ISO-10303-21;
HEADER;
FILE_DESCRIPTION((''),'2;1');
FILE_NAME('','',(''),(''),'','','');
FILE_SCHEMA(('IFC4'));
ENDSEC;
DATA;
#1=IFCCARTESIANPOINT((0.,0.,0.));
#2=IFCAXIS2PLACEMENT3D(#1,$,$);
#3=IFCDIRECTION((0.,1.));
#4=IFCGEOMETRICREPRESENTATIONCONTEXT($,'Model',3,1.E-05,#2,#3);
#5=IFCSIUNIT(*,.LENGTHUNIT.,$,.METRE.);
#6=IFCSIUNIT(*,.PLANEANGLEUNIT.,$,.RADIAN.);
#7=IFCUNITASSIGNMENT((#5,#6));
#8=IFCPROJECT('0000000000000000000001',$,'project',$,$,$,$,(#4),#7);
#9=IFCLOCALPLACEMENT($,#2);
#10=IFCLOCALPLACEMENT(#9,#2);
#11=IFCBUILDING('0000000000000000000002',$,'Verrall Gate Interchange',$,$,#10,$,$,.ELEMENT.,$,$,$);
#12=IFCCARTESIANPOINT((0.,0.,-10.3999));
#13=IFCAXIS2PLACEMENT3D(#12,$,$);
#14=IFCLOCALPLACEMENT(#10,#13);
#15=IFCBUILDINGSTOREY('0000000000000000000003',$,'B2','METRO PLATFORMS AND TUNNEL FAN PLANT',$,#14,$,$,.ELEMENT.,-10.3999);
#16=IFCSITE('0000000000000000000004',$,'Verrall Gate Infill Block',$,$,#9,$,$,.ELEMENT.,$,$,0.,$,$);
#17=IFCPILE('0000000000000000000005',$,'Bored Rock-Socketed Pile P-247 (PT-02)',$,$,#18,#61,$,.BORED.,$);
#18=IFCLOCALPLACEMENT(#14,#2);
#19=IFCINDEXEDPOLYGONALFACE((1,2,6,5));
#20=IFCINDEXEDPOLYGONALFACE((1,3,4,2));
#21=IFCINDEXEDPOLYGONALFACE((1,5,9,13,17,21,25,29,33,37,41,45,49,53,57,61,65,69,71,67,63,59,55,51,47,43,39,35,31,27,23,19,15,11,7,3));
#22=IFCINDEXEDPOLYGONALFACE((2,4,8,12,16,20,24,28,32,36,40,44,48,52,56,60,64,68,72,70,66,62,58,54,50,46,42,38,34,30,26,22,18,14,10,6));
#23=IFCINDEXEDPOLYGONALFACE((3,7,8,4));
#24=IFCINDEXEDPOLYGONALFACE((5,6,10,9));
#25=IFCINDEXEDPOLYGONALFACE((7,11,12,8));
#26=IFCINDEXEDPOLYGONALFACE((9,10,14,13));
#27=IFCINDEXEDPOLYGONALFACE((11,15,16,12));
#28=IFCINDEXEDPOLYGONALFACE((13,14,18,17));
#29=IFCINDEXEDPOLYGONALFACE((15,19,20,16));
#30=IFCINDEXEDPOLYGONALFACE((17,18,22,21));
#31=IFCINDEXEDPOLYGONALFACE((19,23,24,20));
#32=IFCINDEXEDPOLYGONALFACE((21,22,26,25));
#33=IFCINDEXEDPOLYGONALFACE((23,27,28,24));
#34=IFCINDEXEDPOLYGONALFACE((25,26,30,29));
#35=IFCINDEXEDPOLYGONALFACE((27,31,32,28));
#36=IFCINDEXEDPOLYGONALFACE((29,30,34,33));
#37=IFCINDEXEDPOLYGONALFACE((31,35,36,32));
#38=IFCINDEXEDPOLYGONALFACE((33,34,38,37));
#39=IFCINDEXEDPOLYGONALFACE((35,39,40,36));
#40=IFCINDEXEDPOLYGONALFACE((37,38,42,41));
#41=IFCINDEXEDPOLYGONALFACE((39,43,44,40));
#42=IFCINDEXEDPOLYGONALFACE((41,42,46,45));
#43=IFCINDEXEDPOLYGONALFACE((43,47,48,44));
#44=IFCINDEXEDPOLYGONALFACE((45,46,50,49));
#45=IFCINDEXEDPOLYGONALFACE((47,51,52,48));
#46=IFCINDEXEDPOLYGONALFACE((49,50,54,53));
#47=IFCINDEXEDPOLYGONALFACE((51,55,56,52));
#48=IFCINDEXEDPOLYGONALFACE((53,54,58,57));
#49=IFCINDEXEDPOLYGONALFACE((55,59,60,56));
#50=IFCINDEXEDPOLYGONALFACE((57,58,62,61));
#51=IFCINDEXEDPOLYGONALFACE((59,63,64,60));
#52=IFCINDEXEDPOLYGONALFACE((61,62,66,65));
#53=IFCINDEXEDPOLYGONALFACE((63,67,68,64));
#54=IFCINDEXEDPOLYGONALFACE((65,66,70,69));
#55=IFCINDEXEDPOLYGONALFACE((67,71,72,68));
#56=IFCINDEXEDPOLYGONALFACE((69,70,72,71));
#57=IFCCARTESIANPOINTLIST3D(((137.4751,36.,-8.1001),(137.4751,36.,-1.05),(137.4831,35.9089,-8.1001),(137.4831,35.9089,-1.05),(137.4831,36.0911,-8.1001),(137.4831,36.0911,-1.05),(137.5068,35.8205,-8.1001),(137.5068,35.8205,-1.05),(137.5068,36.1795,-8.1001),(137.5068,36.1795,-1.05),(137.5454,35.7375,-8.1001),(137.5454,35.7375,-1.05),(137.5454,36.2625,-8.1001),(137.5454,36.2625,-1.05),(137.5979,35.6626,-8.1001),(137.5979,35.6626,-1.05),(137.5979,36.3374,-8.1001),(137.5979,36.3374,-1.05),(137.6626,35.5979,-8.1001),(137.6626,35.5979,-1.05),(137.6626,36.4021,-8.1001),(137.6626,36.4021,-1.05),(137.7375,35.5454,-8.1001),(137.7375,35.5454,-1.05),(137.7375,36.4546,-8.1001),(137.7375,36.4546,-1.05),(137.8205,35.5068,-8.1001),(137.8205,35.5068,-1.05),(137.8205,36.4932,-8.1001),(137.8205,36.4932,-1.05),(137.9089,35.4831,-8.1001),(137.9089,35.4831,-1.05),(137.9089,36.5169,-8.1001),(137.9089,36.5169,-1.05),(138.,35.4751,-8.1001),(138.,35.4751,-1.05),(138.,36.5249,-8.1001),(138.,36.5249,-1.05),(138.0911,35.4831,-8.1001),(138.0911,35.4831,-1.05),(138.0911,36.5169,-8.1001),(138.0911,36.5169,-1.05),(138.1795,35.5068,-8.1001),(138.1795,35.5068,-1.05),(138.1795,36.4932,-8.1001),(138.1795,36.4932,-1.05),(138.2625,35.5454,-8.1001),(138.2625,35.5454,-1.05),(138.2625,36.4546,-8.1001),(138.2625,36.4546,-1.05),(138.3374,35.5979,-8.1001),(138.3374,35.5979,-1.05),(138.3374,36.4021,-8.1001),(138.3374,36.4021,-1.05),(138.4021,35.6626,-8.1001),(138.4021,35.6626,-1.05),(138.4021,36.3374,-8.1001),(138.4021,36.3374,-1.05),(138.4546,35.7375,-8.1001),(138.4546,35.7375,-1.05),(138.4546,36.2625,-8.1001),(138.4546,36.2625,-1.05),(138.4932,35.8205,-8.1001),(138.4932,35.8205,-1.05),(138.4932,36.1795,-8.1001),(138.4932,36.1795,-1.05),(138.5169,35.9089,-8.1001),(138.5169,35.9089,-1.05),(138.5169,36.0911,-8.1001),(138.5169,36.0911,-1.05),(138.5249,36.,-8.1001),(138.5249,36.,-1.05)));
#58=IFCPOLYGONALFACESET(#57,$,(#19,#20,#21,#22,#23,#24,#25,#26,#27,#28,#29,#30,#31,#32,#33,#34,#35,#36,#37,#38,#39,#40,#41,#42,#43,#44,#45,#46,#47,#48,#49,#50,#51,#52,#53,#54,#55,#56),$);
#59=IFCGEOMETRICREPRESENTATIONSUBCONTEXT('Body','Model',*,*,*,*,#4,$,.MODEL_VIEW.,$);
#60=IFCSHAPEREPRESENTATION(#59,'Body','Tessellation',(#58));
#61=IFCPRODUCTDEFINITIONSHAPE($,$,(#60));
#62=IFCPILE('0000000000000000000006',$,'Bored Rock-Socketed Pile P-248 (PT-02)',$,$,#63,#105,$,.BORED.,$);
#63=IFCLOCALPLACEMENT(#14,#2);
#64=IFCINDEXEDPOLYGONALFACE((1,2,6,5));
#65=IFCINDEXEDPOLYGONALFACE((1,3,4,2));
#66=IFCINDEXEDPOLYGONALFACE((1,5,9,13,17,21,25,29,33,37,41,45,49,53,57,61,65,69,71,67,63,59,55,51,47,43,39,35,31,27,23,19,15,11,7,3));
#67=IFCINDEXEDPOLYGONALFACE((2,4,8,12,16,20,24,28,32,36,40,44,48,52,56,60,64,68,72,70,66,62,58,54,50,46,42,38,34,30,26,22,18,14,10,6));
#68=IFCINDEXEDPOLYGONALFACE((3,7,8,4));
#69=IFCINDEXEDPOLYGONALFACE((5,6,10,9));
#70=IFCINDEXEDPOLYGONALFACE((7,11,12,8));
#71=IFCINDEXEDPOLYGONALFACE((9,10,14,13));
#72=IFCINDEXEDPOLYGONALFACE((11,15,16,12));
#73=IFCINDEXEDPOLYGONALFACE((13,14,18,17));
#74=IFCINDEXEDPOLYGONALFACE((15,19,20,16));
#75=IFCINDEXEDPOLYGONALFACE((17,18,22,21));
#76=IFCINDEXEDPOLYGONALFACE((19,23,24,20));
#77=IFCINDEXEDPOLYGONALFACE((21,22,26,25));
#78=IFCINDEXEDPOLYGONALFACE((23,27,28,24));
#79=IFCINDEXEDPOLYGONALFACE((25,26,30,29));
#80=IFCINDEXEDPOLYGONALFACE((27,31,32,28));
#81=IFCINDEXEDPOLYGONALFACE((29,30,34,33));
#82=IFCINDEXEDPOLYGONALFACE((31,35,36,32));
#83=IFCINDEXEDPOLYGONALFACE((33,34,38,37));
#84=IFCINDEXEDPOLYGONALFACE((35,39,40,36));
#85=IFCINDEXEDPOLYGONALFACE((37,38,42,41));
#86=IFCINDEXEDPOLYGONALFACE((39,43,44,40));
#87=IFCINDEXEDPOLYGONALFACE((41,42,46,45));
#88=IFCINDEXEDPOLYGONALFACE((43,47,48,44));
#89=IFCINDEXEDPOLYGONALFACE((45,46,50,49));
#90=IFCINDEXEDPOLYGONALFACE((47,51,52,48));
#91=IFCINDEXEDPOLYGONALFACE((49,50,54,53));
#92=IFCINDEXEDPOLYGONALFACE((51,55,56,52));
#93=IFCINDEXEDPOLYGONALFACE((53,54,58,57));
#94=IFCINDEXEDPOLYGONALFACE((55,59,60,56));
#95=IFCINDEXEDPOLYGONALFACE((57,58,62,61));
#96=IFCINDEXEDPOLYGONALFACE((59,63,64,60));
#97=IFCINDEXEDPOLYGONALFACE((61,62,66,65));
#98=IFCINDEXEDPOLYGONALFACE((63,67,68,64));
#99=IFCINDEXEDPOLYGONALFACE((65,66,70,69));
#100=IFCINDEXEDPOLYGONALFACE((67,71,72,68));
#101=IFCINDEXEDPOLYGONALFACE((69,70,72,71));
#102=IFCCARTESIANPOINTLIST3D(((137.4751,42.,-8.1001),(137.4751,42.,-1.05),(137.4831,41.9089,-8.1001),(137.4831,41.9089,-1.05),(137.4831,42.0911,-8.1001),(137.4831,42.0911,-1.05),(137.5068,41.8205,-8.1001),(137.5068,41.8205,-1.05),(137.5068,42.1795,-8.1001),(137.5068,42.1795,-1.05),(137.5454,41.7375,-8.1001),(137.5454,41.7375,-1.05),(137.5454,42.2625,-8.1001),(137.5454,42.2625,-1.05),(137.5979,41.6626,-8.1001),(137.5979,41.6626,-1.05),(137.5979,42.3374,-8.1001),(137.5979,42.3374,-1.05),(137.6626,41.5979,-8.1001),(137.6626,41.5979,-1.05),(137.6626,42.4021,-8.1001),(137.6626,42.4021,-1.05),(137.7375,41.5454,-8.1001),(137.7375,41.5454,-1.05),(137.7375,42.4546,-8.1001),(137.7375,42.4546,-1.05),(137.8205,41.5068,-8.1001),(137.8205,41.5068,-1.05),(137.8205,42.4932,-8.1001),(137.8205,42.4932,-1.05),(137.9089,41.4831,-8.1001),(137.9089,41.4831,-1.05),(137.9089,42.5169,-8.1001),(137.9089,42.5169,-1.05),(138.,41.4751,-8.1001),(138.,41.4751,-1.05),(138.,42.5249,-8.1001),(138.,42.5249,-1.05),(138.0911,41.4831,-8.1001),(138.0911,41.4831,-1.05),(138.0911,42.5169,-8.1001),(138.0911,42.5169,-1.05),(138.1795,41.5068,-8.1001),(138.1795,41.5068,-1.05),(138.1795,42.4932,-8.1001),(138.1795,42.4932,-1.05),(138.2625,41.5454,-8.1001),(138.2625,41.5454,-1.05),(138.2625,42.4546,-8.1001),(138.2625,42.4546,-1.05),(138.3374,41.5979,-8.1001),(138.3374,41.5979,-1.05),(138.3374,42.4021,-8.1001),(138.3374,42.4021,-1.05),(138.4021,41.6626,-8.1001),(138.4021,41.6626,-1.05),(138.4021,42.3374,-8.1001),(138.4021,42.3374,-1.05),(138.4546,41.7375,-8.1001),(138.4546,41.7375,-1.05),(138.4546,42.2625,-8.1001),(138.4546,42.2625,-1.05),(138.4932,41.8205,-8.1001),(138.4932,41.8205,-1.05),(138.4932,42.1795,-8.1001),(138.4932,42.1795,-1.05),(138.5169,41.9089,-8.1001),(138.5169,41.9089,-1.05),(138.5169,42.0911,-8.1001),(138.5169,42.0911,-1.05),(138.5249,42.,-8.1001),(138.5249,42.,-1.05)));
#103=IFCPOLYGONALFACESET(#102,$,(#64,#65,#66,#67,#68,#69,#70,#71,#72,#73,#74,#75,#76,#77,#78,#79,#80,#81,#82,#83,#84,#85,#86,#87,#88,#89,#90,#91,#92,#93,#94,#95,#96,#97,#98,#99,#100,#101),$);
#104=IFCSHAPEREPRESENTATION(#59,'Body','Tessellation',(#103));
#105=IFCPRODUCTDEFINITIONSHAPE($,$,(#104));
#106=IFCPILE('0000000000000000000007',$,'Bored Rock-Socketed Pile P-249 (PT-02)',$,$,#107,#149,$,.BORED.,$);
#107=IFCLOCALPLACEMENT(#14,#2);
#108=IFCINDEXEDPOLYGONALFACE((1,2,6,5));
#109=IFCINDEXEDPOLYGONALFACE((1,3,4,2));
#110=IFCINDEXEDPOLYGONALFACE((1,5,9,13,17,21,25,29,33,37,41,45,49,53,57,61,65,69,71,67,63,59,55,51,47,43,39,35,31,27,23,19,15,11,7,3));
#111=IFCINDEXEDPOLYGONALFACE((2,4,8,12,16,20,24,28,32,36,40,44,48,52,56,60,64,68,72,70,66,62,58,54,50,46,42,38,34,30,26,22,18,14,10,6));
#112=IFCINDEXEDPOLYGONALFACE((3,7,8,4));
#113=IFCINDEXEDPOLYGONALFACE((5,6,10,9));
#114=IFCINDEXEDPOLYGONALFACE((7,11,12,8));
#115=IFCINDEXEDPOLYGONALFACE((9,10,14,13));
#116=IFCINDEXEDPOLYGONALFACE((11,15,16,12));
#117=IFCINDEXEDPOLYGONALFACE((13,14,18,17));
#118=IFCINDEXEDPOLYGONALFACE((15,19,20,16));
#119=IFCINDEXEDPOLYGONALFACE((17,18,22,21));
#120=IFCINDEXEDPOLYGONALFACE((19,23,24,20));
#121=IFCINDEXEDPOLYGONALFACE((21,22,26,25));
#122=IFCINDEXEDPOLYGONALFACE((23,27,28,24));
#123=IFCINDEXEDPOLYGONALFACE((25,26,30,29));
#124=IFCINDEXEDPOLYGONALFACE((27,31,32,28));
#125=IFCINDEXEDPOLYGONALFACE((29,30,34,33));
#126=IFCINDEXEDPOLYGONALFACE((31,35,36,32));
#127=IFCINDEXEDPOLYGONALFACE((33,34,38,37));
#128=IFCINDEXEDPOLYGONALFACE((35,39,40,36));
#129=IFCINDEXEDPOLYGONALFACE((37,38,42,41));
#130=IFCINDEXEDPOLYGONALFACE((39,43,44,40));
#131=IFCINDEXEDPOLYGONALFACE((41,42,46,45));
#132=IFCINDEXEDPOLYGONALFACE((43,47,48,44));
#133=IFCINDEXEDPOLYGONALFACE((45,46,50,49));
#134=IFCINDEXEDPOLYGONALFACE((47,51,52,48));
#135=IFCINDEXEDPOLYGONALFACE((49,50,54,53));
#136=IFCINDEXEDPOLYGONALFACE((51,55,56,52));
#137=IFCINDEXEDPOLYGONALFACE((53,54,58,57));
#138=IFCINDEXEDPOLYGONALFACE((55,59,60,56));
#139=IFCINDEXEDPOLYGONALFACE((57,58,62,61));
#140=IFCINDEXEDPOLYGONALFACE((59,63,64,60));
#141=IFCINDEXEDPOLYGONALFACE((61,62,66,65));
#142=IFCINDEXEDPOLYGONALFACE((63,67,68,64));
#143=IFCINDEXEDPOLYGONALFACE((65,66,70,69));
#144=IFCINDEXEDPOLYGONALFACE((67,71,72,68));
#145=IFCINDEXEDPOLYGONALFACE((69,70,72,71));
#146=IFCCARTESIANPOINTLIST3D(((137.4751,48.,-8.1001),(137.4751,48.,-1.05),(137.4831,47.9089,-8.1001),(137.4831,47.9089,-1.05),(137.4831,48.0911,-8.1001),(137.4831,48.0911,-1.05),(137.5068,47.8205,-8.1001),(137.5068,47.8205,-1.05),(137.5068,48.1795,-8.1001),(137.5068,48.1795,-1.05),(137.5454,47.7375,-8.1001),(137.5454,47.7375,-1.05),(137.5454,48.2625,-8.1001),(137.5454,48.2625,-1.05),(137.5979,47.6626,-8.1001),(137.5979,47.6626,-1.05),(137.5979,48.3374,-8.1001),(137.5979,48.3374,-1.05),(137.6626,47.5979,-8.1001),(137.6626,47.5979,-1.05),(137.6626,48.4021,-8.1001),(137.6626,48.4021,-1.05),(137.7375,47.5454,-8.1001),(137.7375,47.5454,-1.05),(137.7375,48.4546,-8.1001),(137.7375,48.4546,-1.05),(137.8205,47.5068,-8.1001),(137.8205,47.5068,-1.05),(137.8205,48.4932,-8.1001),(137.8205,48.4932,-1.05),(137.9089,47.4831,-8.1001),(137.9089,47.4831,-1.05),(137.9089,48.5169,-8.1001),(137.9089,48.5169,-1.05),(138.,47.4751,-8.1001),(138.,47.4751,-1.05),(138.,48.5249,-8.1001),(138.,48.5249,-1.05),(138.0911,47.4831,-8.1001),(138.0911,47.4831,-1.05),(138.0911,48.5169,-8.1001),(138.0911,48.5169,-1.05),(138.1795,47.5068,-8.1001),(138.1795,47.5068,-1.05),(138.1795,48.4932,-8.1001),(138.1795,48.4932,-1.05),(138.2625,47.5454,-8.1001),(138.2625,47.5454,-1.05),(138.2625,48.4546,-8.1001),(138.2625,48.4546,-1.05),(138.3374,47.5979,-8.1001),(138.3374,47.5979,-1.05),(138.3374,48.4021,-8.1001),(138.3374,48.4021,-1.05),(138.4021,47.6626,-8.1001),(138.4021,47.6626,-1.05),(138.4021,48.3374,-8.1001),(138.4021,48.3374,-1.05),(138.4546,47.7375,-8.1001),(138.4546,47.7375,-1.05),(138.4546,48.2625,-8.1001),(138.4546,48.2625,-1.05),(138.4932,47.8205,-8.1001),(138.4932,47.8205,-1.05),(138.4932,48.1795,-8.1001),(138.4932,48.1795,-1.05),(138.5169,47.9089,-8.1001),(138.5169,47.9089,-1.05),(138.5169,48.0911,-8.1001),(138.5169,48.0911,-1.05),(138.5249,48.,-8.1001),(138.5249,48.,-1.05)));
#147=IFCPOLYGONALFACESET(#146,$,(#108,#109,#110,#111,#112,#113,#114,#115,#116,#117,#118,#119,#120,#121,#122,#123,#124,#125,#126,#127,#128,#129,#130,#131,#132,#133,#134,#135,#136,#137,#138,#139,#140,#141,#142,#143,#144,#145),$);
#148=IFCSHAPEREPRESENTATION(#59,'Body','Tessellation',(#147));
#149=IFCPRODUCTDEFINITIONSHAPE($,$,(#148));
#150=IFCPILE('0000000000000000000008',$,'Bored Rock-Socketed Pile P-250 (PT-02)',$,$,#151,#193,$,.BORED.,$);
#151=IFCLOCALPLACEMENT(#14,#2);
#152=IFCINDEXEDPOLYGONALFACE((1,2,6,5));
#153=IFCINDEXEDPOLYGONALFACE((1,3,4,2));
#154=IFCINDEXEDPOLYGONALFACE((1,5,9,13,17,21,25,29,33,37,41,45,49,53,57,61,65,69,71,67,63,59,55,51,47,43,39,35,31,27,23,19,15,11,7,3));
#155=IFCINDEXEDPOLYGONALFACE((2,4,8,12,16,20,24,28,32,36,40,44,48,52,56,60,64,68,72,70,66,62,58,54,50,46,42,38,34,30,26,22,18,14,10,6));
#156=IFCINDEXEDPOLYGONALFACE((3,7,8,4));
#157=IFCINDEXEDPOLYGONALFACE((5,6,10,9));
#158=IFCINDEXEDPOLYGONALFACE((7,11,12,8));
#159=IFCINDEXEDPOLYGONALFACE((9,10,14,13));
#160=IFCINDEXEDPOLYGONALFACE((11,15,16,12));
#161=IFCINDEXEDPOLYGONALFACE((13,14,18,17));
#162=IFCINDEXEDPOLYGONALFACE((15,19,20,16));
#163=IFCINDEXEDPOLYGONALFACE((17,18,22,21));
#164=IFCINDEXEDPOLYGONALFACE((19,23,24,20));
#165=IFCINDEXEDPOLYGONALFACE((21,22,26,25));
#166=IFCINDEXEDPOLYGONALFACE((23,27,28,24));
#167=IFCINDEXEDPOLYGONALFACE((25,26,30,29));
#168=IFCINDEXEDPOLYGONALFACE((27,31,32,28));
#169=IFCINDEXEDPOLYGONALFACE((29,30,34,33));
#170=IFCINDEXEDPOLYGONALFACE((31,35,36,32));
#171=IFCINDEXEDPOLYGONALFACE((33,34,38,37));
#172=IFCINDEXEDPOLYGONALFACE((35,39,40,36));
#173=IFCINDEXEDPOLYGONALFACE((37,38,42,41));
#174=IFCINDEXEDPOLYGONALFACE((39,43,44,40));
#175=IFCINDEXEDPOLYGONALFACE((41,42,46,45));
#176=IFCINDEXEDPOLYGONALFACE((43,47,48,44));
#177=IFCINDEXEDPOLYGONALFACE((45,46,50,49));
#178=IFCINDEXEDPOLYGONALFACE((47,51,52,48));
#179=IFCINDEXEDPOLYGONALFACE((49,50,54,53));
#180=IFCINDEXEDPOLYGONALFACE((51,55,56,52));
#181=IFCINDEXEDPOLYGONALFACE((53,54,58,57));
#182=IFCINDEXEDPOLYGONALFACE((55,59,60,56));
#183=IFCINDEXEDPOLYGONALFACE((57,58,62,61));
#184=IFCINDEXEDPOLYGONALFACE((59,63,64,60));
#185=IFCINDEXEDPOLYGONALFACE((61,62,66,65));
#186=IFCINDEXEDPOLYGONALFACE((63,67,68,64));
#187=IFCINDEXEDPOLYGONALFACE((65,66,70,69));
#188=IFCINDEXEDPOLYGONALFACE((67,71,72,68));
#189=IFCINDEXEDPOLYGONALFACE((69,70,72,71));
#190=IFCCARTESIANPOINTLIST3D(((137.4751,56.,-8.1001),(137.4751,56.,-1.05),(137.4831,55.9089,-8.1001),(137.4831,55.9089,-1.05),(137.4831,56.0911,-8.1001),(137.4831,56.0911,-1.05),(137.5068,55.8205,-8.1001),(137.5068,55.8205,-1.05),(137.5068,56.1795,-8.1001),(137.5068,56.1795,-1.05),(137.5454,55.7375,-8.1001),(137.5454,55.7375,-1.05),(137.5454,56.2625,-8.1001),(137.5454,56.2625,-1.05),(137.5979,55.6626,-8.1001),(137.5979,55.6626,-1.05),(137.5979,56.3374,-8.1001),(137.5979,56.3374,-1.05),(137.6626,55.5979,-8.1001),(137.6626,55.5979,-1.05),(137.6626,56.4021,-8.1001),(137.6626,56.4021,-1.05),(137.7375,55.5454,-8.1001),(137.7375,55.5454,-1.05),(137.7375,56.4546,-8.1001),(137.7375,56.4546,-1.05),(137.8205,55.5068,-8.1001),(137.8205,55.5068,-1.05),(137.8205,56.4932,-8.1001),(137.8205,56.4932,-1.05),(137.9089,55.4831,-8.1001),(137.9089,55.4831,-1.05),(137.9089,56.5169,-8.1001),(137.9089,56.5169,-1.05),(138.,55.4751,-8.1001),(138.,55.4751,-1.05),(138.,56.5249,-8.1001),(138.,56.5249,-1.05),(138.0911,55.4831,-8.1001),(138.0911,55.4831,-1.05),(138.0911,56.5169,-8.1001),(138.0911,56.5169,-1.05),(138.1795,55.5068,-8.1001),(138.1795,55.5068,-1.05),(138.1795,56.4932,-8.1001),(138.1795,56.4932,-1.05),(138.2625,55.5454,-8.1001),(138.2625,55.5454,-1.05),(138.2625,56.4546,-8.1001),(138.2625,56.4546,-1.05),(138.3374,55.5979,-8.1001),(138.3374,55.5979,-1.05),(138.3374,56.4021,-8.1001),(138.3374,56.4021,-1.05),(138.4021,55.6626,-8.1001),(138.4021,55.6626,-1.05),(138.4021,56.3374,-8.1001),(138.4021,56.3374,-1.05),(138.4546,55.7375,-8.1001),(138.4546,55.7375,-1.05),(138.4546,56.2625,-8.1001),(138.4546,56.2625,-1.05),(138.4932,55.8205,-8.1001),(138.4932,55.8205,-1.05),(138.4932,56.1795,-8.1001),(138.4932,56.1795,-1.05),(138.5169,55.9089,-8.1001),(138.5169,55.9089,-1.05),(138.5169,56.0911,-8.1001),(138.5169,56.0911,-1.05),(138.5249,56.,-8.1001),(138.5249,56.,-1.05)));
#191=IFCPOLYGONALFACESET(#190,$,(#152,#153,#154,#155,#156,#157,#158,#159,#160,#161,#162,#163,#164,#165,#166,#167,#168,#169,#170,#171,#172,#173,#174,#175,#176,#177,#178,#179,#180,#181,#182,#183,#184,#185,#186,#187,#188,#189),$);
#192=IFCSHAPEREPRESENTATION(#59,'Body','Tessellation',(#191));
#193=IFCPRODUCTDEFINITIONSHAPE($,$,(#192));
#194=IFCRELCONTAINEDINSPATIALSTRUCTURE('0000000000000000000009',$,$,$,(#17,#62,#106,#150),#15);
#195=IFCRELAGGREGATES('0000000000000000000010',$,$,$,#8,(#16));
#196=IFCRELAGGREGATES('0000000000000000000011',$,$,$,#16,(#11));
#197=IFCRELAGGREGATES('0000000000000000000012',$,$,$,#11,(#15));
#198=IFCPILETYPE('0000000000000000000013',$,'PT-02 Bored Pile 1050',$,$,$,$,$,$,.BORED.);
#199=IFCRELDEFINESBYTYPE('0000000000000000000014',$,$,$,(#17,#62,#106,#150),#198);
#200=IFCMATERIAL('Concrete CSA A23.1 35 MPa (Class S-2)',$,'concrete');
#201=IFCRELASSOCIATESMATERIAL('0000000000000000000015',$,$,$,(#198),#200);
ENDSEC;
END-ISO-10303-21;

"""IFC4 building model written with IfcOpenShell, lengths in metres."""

from ifc_helpers import new_model, si_unit, direction, frame, origin, origin_2d, place, context, subcontext, project, spatial, circle, extrude, material, material_profile, profile_set, type_object, element, save


model = new_model("IFC4")

# Units and contexts
model_context = context("Model", 3, precision=1e-05, world=origin(), true_north=direction((0.0, 1.0)))
body_context = subcontext(model_context, "Body", "Model", "MODEL_VIEW")
ifc_project = project(units=[si_unit("LENGTHUNIT", "METRE"), si_unit("PLANEANGLEUNIT", "RADIAN")], contexts=[model_context])

# Site, building, storey
site_placement = place(None, origin())
site = spatial("IfcSite", under=ifc_project, at=site_placement, Name="Verrall Gate Infill Block", CompositionType="ELEMENT", RefElevation=0.0)
building_placement = place(site_placement, origin())
building = spatial("IfcBuilding", under=site, at=building_placement, Name="Verrall Gate Interchange", CompositionType="ELEMENT")
storey_placement = place(building_placement, frame((0.0, 0.0, -10.3999)))
storey = spatial("IfcBuildingStorey", under=building, at=storey_placement, Name="B2", Description="METRO PLATFORMS AND TUNNEL FAN PLANT", CompositionType="ELEMENT", Elevation=-10.3999)

# Piles
ifc_material_1 = material(Name="Concrete CSA A23.1 35 MPa (Class S-2)", Category="concrete")
ifc_material_profile_1 = material_profile(ifc_material_1, circle(Radius=0.5249, at=origin_2d()), Name="PILE1050D")
ifc_profile_set_1 = profile_set([ifc_material_profile_1], Name="Concrete CSA A23.1 35 MPa (Class S-2)")
pile_type = type_object("IfcPileType", Name="PT-02 Bored Pile 1050", PredefinedType="BORED", material=ifc_profile_set_1)
for number, where, z_axis, x_axis, name in (
    (1, (138.0, 36.0, -1.05), (0.0, 0.0, -1.0), (1.0, 0.0, 0.0), "Bored Rock-Socketed Pile P-247 (PT-02)"),
    (2, (138.0, 42.0, -1.05), (0.0, 0.0, -1.0), (1.0, 0.0, 0.0), "Bored Rock-Socketed Pile P-248 (PT-02)"),
    (3, (138.0, 48.0, -1.05), (0.0, 0.0, -1.0), (1.0, 0.0, 0.0), "Bored Rock-Socketed Pile P-249 (PT-02)"),
    (4, (138.0, 56.0, -1.05), (0.0, 0.0, -1.0), (1.0, 0.0, 0.0), "Bored Rock-Socketed Pile P-250 (PT-02)"),
):
    element("IfcPile", number, at=place(storey_placement, frame(where, z_axis=z_axis, x_axis=x_axis)), inside=storey, type_object=pile_type, Name=name, PredefinedType="BORED", context=body_context, shape_type="SweptSolid", body=[
        extrude(circle(Radius=0.5249, at=origin_2d()), origin(), (0.0, 0.0, 1.0), 7.05),
    ])

save(model, "model.ifc")
